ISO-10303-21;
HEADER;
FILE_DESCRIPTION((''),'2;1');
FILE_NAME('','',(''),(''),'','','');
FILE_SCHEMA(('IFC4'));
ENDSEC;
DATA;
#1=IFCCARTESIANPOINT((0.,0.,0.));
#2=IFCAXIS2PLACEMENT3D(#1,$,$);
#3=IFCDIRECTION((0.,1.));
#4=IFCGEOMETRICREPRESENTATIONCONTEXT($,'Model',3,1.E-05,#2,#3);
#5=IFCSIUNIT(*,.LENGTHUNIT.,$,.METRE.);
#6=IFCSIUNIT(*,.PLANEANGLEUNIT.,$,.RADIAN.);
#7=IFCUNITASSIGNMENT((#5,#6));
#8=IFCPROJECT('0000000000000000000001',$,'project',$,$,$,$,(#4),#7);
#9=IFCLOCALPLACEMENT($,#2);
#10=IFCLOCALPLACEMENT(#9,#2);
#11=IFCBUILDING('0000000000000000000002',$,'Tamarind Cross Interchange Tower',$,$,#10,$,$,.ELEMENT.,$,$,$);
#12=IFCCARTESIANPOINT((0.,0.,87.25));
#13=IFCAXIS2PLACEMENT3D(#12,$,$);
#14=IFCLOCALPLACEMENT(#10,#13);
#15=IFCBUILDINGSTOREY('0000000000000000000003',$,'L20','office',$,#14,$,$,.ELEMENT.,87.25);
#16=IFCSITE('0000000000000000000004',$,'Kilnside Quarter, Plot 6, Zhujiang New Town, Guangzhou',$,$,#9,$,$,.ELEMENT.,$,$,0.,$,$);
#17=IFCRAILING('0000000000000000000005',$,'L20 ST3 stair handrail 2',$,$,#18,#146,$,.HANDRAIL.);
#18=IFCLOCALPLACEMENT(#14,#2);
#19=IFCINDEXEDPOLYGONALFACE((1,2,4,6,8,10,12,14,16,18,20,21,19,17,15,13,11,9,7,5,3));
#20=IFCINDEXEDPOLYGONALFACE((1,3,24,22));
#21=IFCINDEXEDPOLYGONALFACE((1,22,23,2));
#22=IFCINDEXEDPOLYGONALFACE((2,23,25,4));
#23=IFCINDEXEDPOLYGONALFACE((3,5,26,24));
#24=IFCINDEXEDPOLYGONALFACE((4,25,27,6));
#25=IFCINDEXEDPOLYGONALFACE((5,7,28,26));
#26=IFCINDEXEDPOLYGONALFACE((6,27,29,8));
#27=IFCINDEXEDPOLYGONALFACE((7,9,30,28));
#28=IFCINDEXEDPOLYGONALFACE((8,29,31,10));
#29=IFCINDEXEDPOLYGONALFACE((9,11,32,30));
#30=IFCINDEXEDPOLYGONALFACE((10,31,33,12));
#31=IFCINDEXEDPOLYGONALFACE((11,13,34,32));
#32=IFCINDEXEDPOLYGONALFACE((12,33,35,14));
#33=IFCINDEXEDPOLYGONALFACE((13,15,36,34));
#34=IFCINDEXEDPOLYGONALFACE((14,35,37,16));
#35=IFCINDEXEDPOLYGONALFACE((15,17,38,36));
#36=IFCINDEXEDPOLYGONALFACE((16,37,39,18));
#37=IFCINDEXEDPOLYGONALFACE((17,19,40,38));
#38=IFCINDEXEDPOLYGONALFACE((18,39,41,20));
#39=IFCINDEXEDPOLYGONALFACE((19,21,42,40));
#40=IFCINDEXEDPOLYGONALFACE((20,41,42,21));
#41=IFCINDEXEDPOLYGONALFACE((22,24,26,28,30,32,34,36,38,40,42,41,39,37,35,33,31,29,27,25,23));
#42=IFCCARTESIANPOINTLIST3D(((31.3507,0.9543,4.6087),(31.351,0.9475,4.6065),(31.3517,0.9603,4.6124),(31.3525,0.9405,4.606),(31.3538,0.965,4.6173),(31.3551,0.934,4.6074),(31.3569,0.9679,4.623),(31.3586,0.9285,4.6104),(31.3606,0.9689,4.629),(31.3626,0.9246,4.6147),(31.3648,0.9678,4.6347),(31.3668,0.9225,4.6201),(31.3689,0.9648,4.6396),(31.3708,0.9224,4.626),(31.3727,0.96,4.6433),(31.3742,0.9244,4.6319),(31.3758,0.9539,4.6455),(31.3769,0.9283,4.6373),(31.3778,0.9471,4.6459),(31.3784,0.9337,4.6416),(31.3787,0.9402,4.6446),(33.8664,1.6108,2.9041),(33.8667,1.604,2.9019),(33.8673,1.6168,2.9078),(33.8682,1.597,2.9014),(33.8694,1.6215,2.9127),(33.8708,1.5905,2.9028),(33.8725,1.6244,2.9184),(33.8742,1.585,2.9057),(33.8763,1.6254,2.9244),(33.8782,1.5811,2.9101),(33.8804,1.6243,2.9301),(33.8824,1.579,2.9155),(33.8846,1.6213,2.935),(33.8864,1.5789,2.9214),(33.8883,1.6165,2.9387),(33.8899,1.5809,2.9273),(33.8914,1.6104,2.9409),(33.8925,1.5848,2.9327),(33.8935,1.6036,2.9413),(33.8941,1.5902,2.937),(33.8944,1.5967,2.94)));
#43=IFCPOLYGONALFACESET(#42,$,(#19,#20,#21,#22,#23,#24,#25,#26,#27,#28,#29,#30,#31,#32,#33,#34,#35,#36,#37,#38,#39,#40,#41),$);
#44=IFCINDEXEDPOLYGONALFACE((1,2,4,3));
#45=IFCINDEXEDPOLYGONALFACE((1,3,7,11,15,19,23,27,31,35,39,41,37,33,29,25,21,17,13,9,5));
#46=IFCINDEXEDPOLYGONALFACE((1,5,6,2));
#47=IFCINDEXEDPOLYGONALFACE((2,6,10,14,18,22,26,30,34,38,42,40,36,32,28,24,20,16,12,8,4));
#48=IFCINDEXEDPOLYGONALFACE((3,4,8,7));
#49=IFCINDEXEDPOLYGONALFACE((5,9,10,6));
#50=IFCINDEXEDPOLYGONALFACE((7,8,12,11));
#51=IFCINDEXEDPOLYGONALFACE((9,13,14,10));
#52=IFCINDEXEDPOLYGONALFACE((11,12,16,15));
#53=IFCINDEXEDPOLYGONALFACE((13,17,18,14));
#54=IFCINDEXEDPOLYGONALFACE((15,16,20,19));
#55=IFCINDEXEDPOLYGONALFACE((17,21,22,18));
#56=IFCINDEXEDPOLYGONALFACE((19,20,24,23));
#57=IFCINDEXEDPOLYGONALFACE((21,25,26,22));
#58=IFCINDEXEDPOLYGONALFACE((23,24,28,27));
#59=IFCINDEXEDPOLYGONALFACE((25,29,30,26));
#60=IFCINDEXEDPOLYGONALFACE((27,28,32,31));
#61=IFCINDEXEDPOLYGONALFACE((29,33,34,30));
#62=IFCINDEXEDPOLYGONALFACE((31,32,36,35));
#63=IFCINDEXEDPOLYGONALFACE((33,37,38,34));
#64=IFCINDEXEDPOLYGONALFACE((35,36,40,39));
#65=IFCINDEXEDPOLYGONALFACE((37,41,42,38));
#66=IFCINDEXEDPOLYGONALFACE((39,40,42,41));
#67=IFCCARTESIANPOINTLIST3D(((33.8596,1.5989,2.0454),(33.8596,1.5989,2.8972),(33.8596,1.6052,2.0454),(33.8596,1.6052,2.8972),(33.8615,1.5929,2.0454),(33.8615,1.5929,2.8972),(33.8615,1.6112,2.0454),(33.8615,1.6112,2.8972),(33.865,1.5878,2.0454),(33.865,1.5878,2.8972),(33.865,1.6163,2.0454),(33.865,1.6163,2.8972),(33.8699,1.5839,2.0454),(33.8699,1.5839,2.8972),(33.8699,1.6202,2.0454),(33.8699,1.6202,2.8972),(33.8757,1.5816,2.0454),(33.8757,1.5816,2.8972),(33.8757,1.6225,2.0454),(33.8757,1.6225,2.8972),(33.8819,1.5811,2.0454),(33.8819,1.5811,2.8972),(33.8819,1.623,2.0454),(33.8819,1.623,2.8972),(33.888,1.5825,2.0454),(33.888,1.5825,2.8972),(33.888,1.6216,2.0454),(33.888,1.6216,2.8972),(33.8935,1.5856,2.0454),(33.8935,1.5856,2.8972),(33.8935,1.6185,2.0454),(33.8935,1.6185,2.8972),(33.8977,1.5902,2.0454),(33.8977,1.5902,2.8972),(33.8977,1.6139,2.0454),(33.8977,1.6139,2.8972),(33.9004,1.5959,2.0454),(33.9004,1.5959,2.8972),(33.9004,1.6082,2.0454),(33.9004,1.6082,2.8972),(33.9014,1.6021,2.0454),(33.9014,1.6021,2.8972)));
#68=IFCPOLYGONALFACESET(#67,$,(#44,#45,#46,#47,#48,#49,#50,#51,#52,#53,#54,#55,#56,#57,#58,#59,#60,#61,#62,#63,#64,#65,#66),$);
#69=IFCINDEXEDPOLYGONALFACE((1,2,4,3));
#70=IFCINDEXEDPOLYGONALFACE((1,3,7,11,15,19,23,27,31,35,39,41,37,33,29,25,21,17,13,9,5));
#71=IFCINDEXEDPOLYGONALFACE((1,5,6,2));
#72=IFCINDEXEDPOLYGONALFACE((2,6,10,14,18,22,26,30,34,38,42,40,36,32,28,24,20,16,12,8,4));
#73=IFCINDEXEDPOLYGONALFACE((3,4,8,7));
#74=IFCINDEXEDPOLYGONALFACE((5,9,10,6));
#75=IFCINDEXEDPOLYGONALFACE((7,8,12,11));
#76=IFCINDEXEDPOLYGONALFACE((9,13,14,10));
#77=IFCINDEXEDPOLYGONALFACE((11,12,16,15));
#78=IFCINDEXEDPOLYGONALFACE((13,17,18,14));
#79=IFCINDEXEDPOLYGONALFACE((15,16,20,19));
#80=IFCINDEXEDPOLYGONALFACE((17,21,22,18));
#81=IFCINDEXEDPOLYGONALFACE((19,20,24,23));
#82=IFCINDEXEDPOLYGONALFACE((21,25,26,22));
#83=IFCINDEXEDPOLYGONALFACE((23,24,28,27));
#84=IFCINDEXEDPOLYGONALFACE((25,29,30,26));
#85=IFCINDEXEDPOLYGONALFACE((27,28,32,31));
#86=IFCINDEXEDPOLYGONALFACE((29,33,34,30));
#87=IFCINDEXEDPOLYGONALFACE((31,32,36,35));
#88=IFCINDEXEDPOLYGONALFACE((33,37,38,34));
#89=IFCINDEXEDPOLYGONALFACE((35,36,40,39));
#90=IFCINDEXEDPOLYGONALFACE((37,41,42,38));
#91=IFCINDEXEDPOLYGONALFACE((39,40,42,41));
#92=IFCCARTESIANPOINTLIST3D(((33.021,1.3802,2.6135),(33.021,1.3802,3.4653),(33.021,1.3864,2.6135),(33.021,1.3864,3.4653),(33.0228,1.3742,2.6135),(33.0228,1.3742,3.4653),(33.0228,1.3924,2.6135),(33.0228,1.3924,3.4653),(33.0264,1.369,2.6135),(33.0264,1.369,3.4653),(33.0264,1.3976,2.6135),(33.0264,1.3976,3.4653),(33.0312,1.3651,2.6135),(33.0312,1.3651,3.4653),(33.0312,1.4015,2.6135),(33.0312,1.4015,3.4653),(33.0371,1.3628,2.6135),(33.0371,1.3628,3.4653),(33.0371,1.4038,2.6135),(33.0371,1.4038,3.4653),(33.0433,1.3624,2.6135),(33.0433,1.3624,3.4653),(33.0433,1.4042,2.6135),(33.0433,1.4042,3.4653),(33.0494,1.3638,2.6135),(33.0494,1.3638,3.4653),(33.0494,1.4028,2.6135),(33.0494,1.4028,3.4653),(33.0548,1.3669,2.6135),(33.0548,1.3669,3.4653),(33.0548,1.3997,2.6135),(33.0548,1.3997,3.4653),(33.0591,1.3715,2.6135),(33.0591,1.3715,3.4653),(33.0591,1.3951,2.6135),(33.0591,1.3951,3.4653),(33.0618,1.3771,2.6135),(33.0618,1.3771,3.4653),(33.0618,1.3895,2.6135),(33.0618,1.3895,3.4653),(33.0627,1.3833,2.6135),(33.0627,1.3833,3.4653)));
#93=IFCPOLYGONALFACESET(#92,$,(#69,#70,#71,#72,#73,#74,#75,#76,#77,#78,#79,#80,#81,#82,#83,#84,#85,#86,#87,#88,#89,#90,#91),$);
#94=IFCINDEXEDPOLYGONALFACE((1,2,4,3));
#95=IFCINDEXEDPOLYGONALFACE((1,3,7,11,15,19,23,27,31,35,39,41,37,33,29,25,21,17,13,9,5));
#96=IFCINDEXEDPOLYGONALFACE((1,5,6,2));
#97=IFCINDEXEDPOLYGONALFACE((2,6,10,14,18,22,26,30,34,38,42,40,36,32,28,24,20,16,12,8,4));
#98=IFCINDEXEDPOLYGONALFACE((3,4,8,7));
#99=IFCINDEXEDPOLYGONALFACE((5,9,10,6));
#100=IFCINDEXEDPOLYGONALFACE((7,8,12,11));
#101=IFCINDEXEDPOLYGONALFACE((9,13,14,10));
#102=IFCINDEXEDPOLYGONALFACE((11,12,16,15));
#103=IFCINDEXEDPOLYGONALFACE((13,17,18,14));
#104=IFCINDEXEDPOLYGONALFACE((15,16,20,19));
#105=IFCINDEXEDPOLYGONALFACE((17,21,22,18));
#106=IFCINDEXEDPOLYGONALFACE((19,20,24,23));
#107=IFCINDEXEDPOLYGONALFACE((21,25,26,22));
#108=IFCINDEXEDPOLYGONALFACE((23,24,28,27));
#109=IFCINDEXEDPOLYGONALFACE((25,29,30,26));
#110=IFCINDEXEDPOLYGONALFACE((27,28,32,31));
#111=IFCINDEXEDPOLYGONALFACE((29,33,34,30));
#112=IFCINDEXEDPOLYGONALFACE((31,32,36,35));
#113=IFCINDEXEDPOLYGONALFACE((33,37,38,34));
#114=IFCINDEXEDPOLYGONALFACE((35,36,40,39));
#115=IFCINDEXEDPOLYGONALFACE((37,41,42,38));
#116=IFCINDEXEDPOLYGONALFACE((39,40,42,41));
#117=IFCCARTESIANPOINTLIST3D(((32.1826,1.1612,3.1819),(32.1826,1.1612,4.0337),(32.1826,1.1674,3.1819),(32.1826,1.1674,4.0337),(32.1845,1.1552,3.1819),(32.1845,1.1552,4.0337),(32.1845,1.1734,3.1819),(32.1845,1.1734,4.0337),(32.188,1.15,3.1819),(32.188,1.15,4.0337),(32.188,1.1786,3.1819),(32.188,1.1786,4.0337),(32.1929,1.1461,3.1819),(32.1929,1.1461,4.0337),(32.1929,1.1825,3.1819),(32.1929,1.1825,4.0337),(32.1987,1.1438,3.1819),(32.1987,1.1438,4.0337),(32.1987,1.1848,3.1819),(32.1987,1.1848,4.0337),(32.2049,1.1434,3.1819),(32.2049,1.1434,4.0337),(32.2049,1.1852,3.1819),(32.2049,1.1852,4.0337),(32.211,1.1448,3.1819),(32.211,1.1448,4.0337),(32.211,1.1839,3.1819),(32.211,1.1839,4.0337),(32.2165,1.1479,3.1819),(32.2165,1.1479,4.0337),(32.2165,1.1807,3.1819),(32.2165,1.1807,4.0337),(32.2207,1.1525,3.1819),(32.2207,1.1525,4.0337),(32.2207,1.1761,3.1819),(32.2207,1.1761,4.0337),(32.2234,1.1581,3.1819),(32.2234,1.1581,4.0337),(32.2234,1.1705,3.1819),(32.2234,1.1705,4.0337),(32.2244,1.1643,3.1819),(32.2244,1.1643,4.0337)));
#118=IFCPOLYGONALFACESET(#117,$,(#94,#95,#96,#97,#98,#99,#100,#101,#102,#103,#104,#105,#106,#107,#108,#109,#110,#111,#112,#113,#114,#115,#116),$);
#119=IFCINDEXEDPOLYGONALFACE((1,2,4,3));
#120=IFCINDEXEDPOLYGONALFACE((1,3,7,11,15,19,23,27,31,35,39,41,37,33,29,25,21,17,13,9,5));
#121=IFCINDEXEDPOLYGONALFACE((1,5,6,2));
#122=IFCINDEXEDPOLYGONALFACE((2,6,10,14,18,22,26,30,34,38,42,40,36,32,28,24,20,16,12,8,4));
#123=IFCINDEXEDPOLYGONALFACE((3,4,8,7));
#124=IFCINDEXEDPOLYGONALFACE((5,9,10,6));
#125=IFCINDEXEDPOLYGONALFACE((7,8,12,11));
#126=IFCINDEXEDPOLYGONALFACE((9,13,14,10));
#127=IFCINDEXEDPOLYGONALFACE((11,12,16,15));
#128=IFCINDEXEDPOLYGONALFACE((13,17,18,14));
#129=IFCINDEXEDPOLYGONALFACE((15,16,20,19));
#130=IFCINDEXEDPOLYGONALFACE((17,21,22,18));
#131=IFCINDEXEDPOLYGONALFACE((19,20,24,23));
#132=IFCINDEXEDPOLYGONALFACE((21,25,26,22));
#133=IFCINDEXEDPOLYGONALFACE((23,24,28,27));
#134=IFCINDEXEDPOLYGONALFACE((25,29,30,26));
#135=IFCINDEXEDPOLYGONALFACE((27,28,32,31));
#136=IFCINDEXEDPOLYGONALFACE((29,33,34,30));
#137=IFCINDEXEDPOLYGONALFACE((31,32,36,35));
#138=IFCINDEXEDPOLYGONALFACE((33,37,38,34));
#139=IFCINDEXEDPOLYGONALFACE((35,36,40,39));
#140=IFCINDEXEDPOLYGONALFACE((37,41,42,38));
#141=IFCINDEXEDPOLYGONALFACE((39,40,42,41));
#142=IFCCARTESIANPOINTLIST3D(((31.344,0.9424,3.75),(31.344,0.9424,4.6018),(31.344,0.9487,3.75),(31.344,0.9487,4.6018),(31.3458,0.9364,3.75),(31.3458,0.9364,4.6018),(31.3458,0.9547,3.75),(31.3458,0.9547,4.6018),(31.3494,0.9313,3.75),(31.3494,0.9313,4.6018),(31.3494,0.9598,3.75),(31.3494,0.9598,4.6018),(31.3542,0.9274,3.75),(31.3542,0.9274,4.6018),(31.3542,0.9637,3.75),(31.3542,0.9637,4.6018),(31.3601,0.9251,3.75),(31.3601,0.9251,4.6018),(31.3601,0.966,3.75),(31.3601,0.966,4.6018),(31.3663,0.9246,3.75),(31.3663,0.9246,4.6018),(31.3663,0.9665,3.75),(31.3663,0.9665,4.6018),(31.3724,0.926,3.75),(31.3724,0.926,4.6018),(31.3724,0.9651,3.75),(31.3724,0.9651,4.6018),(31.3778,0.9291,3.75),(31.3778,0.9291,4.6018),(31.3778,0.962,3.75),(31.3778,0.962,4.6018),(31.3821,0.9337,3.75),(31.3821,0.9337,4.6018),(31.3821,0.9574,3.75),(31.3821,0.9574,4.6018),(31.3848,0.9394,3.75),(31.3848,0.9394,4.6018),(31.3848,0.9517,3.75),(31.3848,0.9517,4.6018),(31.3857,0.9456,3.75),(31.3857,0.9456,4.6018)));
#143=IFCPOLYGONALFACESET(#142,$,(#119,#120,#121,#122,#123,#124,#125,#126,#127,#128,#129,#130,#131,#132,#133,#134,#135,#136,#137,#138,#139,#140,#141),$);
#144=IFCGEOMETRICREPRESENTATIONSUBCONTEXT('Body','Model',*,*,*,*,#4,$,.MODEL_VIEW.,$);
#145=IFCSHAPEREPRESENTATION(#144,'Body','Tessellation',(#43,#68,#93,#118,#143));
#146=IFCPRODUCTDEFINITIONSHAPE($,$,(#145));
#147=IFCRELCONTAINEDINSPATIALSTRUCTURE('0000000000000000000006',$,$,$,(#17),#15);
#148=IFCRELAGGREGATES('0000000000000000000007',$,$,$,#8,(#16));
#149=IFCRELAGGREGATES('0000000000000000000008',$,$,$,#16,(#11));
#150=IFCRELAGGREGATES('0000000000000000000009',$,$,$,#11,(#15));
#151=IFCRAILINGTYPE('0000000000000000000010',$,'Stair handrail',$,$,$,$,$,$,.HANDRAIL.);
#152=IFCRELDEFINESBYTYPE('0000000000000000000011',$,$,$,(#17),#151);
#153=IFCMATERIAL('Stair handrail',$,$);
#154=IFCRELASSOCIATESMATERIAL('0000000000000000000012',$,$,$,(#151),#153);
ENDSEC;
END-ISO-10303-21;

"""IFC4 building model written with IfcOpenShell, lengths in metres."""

from ifc_helpers import new_model, si_unit, direction, frame, origin, origin_2d, place, context, subcontext, project, spatial, circle, extrude, material, type_object, element, save


model = new_model("IFC4")

# Units and contexts
model_context = context("Model", 3, precision=1e-05, world=origin(), true_north=direction((0.0, 1.0)))
body_context = subcontext(model_context, "Body", "Model", "MODEL_VIEW")
ifc_project = project(units=[si_unit("LENGTHUNIT", "METRE"), si_unit("PLANEANGLEUNIT", "RADIAN")], contexts=[model_context])

# Site, building, storey
site_placement = place(None, origin())
site = spatial("IfcSite", under=ifc_project, at=site_placement, Name="Kilnside Quarter, Plot 6, Zhujiang New Town, Guangzhou", CompositionType="ELEMENT", RefElevation=0.0)
building_placement = place(site_placement, origin())
building = spatial("IfcBuilding", under=site, at=building_placement, Name="Tamarind Cross Interchange Tower", CompositionType="ELEMENT")
storey_placement = place(building_placement, frame((0.0, 0.0, 87.25)))
storey = spatial("IfcBuildingStorey", under=building, at=storey_placement, Name="L20", Description="office", CompositionType="ELEMENT", Elevation=87.25)

# Railing
ifc_material_1 = material(Name="Stair handrail")
railing_type_1 = type_object("IfcRailingType", Name="Stair handrail", PredefinedType="HANDRAIL", material=ifc_material_1)
railing_1_placement = place(storey_placement, frame((33.8804, 1.6021, 2.0454)))
element("IfcRailing", 1, at=railing_1_placement, inside=storey, type_object=railing_type_1, Name="L20 ST3 stair handrail 2", PredefinedType="HANDRAIL", context=body_context, shape_type="SweptSolid", body=[
    extrude(circle(Radius=0.0239, at=origin_2d()), frame((0.0, 0.0, 0.876), z_axis=(-0.809181, -0.211169, 0.548301), x_axis=(0.25251, -0.967594, 0.0)), (0.0, 0.0, 1.0), 3.1089),
    extrude(circle(Radius=0.021, at=origin_2d()), origin(), (0.0, 0.0, 1.0), 0.8518),
    extrude(circle(Radius=0.021, at=origin_2d()), frame((-0.8386, -0.2188, 0.5681)), (0.0, 0.0, 1.0), 0.8518),
    extrude(circle(Radius=0.021, at=origin_2d()), frame((-1.677, -0.4377, 1.1365)), (0.0, 0.0, 1.0), 0.8518),
    extrude(circle(Radius=0.021, at=origin_2d()), frame((-2.5156, -0.6565, 1.7046)), (0.0, 0.0, 1.0), 0.8518),
])

save(model, "model.ifc")
